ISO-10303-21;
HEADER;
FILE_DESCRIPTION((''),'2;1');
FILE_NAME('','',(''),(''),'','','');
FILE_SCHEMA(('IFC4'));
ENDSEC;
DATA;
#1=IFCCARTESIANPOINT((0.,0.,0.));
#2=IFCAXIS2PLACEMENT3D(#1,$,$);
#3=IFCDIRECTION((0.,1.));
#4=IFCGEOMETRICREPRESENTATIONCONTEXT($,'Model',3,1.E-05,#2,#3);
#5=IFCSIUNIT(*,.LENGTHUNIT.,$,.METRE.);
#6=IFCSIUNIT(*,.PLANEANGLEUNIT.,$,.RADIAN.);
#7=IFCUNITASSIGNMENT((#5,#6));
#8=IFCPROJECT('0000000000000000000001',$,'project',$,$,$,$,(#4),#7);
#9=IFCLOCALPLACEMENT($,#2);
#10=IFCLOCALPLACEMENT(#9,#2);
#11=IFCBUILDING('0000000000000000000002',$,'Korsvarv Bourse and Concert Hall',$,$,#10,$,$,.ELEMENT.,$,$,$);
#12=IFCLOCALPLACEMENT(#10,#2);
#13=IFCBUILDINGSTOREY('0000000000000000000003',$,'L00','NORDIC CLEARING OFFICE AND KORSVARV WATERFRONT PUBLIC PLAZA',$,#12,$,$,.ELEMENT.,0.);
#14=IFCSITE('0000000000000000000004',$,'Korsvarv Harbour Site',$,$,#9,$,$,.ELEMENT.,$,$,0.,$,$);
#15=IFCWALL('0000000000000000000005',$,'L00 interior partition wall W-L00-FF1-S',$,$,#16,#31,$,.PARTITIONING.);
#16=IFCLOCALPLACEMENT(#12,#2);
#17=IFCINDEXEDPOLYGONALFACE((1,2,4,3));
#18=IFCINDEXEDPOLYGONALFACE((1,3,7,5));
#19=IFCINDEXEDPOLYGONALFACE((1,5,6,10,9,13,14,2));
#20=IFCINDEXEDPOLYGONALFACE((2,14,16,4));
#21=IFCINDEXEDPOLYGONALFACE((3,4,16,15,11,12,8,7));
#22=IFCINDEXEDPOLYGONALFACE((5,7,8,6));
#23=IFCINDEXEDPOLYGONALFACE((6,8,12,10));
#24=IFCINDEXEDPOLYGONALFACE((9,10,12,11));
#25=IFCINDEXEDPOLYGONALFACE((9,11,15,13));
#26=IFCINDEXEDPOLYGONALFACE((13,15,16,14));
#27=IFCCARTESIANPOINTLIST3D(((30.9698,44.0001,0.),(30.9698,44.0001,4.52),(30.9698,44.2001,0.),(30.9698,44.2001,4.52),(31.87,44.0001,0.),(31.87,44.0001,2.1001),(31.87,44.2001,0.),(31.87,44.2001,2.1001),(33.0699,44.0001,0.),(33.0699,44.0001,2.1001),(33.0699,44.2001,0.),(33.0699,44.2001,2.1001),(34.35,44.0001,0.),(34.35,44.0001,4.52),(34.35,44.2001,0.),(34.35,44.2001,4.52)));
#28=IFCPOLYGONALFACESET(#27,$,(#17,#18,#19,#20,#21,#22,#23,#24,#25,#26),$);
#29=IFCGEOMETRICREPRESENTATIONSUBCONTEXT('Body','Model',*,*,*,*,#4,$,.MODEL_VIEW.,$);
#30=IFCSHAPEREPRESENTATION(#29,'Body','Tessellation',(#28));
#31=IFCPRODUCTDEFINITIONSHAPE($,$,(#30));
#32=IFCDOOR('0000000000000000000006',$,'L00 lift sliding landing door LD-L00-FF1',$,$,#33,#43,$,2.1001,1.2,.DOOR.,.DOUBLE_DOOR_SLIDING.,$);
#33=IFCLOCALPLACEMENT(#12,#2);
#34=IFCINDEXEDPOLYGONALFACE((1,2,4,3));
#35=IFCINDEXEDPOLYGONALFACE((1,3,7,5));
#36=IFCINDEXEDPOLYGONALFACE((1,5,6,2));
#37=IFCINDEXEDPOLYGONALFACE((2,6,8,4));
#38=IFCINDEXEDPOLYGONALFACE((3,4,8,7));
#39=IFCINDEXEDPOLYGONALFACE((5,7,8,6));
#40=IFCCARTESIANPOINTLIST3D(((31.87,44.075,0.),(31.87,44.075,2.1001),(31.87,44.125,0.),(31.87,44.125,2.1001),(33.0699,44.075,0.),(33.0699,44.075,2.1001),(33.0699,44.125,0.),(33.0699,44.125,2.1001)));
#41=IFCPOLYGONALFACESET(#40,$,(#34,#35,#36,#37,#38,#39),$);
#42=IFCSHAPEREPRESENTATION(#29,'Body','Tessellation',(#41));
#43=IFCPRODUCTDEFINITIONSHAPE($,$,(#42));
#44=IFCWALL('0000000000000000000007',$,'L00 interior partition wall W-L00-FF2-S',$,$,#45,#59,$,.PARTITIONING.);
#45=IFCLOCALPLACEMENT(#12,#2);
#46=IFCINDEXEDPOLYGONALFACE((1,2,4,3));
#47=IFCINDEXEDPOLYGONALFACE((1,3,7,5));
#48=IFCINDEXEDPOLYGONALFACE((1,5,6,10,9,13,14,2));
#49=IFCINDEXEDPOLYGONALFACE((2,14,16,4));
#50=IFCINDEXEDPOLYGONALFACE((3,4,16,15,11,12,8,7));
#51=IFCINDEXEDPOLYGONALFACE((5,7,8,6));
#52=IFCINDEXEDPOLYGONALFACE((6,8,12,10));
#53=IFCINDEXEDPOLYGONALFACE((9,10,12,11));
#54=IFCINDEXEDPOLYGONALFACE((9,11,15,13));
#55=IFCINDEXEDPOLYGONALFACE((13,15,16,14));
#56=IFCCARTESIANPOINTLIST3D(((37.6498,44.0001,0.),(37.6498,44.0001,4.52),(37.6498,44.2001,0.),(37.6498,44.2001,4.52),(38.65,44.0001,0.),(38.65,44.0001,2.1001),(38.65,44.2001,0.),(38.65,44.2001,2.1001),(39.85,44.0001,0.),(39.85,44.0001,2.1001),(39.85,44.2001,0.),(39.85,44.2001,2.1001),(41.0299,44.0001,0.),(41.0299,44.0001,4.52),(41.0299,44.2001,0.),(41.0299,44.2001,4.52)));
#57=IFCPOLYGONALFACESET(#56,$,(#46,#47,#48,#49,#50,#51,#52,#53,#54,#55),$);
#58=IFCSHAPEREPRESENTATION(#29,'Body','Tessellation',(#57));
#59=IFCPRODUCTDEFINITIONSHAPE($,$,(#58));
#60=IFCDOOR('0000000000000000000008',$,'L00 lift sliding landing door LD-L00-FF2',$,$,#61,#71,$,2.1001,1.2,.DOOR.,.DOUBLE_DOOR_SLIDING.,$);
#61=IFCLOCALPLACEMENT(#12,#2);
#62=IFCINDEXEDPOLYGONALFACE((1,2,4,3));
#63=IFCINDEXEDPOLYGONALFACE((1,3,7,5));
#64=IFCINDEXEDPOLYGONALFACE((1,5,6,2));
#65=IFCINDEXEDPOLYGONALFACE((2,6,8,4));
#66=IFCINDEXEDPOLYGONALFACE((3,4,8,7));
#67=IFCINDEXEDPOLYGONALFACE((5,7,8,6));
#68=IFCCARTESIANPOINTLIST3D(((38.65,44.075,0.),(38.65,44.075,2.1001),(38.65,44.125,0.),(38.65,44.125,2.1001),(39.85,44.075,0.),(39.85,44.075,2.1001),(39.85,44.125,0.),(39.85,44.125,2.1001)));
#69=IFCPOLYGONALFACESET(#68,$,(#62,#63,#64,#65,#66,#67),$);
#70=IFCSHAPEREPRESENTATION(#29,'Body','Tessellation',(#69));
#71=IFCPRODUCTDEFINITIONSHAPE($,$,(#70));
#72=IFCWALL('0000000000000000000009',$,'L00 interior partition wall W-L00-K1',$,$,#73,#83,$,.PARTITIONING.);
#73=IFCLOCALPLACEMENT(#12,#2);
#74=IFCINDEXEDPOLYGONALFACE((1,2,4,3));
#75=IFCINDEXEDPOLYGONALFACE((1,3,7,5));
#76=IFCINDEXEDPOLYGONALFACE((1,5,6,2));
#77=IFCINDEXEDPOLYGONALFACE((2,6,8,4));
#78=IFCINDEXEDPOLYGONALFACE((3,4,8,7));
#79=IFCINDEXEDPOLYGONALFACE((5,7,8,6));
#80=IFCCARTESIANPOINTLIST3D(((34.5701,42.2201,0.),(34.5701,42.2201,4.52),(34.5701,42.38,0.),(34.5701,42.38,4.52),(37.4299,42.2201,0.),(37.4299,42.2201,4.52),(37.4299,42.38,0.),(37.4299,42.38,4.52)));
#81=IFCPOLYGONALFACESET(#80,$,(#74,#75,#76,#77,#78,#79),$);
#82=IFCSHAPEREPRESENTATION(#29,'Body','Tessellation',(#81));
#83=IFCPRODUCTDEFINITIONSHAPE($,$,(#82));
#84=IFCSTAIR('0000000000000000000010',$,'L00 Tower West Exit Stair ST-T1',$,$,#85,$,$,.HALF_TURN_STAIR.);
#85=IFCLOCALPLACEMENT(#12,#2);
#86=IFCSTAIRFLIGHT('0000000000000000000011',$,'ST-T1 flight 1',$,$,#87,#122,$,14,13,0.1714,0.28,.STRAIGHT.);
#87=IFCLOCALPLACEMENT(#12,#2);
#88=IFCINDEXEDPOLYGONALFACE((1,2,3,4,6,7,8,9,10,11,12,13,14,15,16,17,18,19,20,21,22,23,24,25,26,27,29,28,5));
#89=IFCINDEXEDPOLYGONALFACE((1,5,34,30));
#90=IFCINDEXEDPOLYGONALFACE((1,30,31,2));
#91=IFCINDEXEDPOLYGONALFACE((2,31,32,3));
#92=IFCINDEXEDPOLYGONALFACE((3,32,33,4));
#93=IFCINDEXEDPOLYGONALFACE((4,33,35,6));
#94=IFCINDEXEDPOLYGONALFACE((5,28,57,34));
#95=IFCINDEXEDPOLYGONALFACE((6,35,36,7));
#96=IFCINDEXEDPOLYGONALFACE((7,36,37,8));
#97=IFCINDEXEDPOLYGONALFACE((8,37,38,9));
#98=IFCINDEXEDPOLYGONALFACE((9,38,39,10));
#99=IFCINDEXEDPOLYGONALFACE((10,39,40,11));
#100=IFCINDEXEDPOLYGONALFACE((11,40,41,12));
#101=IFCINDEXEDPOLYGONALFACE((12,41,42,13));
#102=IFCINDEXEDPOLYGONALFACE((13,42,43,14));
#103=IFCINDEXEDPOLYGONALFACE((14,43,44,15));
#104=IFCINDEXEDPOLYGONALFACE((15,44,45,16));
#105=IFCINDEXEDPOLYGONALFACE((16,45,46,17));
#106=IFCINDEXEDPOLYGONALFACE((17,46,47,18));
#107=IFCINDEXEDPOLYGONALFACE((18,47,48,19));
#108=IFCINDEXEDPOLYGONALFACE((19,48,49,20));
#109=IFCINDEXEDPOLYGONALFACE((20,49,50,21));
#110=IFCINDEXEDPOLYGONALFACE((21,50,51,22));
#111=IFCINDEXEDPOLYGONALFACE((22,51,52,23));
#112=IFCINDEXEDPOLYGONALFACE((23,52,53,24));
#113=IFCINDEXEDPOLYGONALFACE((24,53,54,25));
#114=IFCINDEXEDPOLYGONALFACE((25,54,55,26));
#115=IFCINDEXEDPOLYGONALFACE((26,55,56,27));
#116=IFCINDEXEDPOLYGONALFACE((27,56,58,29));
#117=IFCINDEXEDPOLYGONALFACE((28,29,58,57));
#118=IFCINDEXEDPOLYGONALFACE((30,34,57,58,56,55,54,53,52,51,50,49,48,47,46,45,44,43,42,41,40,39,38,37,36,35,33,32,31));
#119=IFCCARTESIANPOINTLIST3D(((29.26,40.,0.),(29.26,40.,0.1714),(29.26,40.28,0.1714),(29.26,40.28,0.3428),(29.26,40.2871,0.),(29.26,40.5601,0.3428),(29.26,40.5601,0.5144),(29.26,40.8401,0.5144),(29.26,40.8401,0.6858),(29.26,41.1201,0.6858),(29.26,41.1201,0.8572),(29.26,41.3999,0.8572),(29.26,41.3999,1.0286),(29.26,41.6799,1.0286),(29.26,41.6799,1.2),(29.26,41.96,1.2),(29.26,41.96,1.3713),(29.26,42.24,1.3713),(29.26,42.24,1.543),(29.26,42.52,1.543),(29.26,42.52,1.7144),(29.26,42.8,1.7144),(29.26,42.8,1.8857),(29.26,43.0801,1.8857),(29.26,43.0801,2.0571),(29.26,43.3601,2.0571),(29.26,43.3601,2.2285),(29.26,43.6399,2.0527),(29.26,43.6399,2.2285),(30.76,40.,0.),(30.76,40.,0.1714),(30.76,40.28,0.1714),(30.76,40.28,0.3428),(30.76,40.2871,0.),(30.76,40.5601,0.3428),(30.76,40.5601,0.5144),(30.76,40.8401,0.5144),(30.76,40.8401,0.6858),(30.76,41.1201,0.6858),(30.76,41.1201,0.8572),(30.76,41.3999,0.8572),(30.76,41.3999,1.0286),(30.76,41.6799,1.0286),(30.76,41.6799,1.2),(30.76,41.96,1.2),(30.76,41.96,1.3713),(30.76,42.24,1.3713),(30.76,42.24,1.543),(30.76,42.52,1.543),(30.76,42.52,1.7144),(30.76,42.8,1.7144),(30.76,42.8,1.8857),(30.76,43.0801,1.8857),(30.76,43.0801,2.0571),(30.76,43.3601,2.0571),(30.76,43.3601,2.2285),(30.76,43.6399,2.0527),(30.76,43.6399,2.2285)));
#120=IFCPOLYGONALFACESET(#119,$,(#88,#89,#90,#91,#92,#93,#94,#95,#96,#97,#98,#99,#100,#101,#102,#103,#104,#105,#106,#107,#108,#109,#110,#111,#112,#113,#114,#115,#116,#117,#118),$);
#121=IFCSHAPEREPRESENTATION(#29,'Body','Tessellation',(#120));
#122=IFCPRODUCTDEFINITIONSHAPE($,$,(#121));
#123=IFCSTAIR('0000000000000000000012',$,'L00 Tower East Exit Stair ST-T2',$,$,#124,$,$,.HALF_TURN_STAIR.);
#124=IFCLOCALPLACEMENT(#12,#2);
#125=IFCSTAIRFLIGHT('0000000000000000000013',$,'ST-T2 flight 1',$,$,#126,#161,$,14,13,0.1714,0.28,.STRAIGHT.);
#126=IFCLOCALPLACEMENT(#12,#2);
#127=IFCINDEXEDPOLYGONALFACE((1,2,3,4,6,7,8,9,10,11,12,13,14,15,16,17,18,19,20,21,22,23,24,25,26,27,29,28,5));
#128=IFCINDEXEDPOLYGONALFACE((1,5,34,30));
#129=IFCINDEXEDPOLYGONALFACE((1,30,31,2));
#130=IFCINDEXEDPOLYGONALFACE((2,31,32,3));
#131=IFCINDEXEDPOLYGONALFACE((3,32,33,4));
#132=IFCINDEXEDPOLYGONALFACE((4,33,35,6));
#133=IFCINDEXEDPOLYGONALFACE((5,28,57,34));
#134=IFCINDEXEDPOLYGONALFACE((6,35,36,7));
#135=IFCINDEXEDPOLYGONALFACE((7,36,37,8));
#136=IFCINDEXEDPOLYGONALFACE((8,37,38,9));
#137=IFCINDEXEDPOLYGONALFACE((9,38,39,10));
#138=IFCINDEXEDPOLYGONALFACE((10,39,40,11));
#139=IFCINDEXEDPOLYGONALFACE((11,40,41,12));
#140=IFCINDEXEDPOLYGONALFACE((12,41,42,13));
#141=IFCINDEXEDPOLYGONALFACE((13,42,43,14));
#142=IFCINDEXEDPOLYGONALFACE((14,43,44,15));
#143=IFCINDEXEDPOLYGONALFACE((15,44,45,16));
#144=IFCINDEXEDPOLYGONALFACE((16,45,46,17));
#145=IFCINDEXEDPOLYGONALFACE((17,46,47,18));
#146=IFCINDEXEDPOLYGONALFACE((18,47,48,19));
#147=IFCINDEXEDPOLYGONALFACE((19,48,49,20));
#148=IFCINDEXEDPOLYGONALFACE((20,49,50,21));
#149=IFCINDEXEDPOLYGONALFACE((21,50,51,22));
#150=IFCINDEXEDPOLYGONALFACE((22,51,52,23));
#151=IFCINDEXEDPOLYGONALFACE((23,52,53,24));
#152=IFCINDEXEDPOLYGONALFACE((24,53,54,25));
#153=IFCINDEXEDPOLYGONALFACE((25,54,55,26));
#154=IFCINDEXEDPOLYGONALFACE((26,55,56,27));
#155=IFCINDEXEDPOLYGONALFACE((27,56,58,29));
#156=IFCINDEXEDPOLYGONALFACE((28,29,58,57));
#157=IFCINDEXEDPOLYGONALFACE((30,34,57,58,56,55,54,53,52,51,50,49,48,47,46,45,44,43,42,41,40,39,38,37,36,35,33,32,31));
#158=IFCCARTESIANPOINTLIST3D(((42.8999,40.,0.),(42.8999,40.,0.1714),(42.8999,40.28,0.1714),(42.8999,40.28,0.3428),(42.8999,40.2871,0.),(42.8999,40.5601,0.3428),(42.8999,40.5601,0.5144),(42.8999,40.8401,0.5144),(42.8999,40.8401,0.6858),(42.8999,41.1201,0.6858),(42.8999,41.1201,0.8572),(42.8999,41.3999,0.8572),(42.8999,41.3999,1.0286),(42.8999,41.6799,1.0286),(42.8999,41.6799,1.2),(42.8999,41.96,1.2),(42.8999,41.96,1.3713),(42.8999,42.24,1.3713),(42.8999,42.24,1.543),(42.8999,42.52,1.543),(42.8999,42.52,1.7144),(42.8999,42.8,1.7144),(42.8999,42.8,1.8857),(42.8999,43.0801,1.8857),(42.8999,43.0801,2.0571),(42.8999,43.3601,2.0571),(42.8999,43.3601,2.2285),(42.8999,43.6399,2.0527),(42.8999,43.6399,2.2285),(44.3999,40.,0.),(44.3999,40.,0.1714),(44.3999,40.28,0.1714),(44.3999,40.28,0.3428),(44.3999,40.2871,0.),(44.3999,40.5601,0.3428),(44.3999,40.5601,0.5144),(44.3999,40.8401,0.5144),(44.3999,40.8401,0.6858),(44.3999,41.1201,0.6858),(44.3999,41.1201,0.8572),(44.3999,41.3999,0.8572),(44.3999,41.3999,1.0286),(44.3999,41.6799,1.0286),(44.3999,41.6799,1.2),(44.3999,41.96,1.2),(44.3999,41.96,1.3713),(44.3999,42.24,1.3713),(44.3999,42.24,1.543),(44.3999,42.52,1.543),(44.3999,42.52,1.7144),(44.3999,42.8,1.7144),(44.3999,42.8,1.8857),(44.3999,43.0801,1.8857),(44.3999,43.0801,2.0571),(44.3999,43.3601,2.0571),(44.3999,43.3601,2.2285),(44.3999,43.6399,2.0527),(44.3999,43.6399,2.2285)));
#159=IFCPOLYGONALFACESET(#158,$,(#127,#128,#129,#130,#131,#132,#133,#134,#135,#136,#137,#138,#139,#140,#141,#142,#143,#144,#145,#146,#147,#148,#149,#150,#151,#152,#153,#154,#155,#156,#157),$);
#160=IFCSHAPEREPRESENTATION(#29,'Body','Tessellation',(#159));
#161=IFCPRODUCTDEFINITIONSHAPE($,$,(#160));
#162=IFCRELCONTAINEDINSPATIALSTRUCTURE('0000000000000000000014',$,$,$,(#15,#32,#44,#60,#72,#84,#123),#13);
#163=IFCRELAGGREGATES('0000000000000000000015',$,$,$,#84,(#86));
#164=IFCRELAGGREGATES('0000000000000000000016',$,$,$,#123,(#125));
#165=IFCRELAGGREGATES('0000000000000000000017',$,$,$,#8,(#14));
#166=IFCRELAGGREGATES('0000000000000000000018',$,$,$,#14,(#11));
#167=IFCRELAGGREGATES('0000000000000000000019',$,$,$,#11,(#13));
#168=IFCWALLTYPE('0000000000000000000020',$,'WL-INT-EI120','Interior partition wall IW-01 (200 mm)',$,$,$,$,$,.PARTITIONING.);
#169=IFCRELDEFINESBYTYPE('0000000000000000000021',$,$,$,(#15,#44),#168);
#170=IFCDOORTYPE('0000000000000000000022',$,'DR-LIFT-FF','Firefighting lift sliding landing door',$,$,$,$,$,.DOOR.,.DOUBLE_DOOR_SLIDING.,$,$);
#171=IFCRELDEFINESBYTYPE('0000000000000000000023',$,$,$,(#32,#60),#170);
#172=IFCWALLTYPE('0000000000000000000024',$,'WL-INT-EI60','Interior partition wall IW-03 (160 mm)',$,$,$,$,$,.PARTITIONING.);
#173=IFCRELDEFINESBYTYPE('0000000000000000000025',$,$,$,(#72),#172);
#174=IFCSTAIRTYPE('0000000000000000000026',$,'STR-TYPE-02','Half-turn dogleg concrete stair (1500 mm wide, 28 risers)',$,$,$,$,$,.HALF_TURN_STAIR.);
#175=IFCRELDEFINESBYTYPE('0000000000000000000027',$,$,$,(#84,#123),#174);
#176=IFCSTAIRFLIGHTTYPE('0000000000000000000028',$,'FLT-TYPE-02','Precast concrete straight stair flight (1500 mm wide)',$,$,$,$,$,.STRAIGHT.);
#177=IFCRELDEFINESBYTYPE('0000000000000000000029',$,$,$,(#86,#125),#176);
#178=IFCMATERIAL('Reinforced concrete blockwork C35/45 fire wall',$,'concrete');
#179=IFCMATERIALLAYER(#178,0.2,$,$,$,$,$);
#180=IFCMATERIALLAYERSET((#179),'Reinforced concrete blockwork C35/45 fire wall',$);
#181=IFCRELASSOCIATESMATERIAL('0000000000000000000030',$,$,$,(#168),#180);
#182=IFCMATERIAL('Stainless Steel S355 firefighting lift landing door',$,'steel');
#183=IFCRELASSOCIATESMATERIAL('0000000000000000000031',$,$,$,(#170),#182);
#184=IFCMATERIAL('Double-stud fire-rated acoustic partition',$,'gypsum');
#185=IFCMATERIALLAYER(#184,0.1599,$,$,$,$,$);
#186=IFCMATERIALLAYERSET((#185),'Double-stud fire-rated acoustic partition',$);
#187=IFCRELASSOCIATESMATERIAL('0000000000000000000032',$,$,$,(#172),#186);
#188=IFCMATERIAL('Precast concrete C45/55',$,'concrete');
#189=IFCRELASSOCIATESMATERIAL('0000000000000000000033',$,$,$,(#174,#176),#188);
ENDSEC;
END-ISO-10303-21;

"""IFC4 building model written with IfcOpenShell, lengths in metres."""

from ifc_helpers import new_model, si_unit, direction, frame, frame_2d, origin, place, context, subcontext, project, spatial, polyline, rectangle, outline, extrude, material, layer, layer_set, type_object, element, fill, aggregate, save


model = new_model("IFC4")

# Units and contexts
model_context = context("Model", 3, precision=1e-05, world=origin(), true_north=direction((0.0, 1.0)))
body_context = subcontext(model_context, "Body", "Model", "MODEL_VIEW")
ifc_project = project(units=[si_unit("LENGTHUNIT", "METRE"), si_unit("PLANEANGLEUNIT", "RADIAN")], contexts=[model_context])

# Site, building, storey
site_placement = place(None, origin())
site = spatial("IfcSite", under=ifc_project, at=site_placement, Name="Korsvarv Harbour Site", CompositionType="ELEMENT", RefElevation=0.0)
building_placement = place(site_placement, origin())
building = spatial("IfcBuilding", under=site, at=building_placement, Name="Korsvarv Bourse and Concert Hall", CompositionType="ELEMENT")
storey_placement = place(building_placement, origin())
storey = spatial("IfcBuildingStorey", under=building, at=storey_placement, Name="L00", Description="NORDIC CLEARING OFFICE AND KORSVARV WATERFRONT PUBLIC PLAZA", CompositionType="ELEMENT", Elevation=0.0)

# Walls, openings, doors
ifc_material_1 = material(Name="Reinforced concrete blockwork C35/45 fire wall", Category="concrete")
ifc_layer_1 = layer(ifc_material_1, 0.2)
ifc_layer_set_1 = layer_set([ifc_layer_1], Name="Reinforced concrete blockwork C35/45 fire wall")
wall_type_1 = type_object("IfcWallType", Name="WL-INT-EI120", Description="Interior partition wall IW-01 (200 mm)", PredefinedType="PARTITIONING", material=ifc_layer_set_1)
wall_1_placement = place(storey_placement, frame((30.97, 44.1001, 0.0), z_axis=(0.0, 0.0, 1.0), x_axis=(1.0, 0.0, 0.0)))
wall_1 = element("IfcWall", 1, at=wall_1_placement, inside=storey, type_object=wall_type_1, Name="L00 interior partition wall W-L00-FF1-S", PredefinedType="PARTITIONING", context=body_context, shape_type="SweptSolid", body=[
    extrude(rectangle(XDim=3.3801, YDim=0.2, at=frame_2d((1.6899, 0.0))), origin(), (0.0, 0.0, 1.0), 4.52),
])
opening_1_placement = place(wall_1_placement, frame((0.8999, 0.0, 0.0)))
opening_1 = element("IfcOpeningElement", 2, at=opening_1_placement, cuts=wall_1, PredefinedType="OPENING", context=body_context, shape_type="SweptSolid", body=[
    extrude(rectangle(XDim=1.2, YDim=2.1001, at=frame_2d((0.6001, 1.05))), frame((0.0, 0.1099, 0.0), z_axis=(0.0, -1.0, 0.0), x_axis=(1.0, 0.0, 0.0)), (0.0, 0.0, 1.0), 0.22),
])
ifc_material_2 = material(Name="Stainless Steel S355 firefighting lift landing door", Category="steel")
door_type = type_object("IfcDoorType", Name="DR-LIFT-FF", Description="Firefighting lift sliding landing door", OperationType="DOUBLE_DOOR_SLIDING", PredefinedType="DOOR", material=ifc_material_2)
door_1_placement = place(opening_1_placement, origin())
door_1 = element("IfcDoor", 3, at=door_1_placement, inside=storey, type_object=door_type, Name="L00 lift sliding landing door LD-L00-FF1", OperationType="DOUBLE_DOOR_SLIDING", OverallHeight=2.1001, OverallWidth=1.2, PredefinedType="DOOR", context=body_context, shape_type="SweptSolid", body=[
    extrude(rectangle(XDim=1.2, YDim=2.1001, at=frame_2d((0.6001, 1.05))), frame((0.0, 0.0249, 0.0), z_axis=(0.0, -1.0, 0.0), x_axis=(1.0, 0.0, 0.0)), (0.0, 0.0, 1.0), 0.05),
])
fill(opening_1, door_1)
wall_2_placement = place(storey_placement, frame((37.6499, 44.1001, 0.0), z_axis=(0.0, 0.0, 1.0), x_axis=(1.0, 0.0, 0.0)))
wall_2 = element("IfcWall", 4, at=wall_2_placement, inside=storey, type_object=wall_type_1, Name="L00 interior partition wall W-L00-FF2-S", PredefinedType="PARTITIONING", context=body_context, shape_type="SweptSolid", body=[
    extrude(rectangle(XDim=3.3801, YDim=0.2, at=frame_2d((1.6899, 0.0))), origin(), (0.0, 0.0, 1.0), 4.52),
])
opening_2_placement = place(wall_2_placement, frame((1.0, 0.0, 0.0)))
opening_2 = element("IfcOpeningElement", 5, at=opening_2_placement, cuts=wall_2, PredefinedType="OPENING", context=body_context, shape_type="SweptSolid", body=[
    extrude(rectangle(XDim=1.2, YDim=2.1001, at=frame_2d((0.6001, 1.05))), frame((0.0, 0.1099, 0.0), z_axis=(0.0, -1.0, 0.0), x_axis=(1.0, 0.0, 0.0)), (0.0, 0.0, 1.0), 0.22),
])
door_2_placement = place(opening_2_placement, origin())
door_2 = element("IfcDoor", 6, at=door_2_placement, inside=storey, type_object=door_type, Name="L00 lift sliding landing door LD-L00-FF2", OperationType="DOUBLE_DOOR_SLIDING", OverallHeight=2.1001, OverallWidth=1.2, PredefinedType="DOOR", context=body_context, shape_type="SweptSolid", body=[
    extrude(rectangle(XDim=1.2, YDim=2.1001, at=frame_2d((0.6001, 1.05))), frame((0.0, 0.0249, 0.0), z_axis=(0.0, -1.0, 0.0), x_axis=(1.0, 0.0, 0.0)), (0.0, 0.0, 1.0), 0.05),
])
fill(opening_2, door_2)

# Wall
ifc_material_3 = material(Name="Double-stud fire-rated acoustic partition", Category="gypsum")
ifc_layer_2 = layer(ifc_material_3, 0.1599)
ifc_layer_set_2 = layer_set([ifc_layer_2], Name="Double-stud fire-rated acoustic partition")
wall_type_2 = type_object("IfcWallType", Name="WL-INT-EI60", Description="Interior partition wall IW-03 (160 mm)", PredefinedType="PARTITIONING", material=ifc_layer_set_2)
wall_3_placement = place(storey_placement, frame((34.5701, 42.3, 0.0), z_axis=(0.0, 0.0, 1.0), x_axis=(1.0, 0.0, 0.0)))
element("IfcWall", 7, at=wall_3_placement, inside=storey, type_object=wall_type_2, Name="L00 interior partition wall W-L00-K1", PredefinedType="PARTITIONING", context=body_context, shape_type="SweptSolid", body=[
    extrude(rectangle(XDim=2.8599, YDim=0.1599, at=frame_2d((1.4299, 0.0))), origin(), (0.0, 0.0, 1.0), 4.52),
])

# Stair, stair flight
ifc_material_4 = material(Name="Precast concrete C45/55", Category="concrete")
stair_type = type_object("IfcStairType", Name="STR-TYPE-02", Description="Half-turn dogleg concrete stair (1500 mm wide, 28 risers)", PredefinedType="HALF_TURN_STAIR", material=ifc_material_4)
stair_1_placement = place(storey_placement, origin())
stair_1 = element("IfcStair", 8, at=stair_1_placement, inside=storey, type_object=stair_type, Name="L00 Tower West Exit Stair ST-T1", PredefinedType="HALF_TURN_STAIR")
stair_flight_type = type_object("IfcStairFlightType", Name="FLT-TYPE-02", Description="Precast concrete straight stair flight (1500 mm wide)", PredefinedType="STRAIGHT", material=ifc_material_4)
stair_flight_1_placement = place(storey_placement, frame((30.01, 40.0, 0.0), z_axis=(0.0, 0.0, 1.0), x_axis=(0.0, 1.0, 0.0)))
stair_flight_1 = element("IfcStairFlight", 9, at=stair_flight_1_placement, type_object=stair_flight_type, Name="ST-T1 flight 1", NumberOfRisers=14, NumberOfTreads=13, PredefinedType="STRAIGHT", RiserHeight=0.1714, TreadLength=0.28, context=body_context, shape_type="SweptSolid", body=[
    extrude(outline(polyline([(0.0, 0.0), (0.0, 0.1714), (0.28, 0.1714), (0.28, 0.3428), (0.5601, 0.3428), (0.5601, 0.5144), (0.8401, 0.5144), (0.8401, 0.6858), (1.1201, 0.6858), (1.1201, 0.8572), (1.3999, 0.8572), (1.3999, 1.0286), (1.6799, 1.0286), (1.6799, 1.2), (1.96, 1.2), (1.96, 1.3713), (2.24, 1.3713), (2.24, 1.543), (2.52, 1.543), (2.52, 1.7144), (2.8, 1.7144), (2.8, 1.8857), (3.0801, 1.8857), (3.0801, 2.0571), (3.3601, 2.0571), (3.3601, 2.2285), (3.6399, 2.2285), (3.6399, 2.3999), (3.6399, 2.0527), (0.2871, 0.0), (0.0, 0.0)])), frame((0.0, 0.75, 0.0), z_axis=(0.0, -1.0, 0.0), x_axis=(1.0, 0.0, 0.0)), (0.0, 0.0, 1.0), 1.5),
])
aggregate(stair_1, [stair_flight_1])

# Stair, stair flight
stair_2_placement = place(storey_placement, origin())
stair_2 = element("IfcStair", 10, at=stair_2_placement, inside=storey, type_object=stair_type, Name="L00 Tower East Exit Stair ST-T2", PredefinedType="HALF_TURN_STAIR")
stair_flight_2_placement = place(storey_placement, frame((43.6499, 40.0, 0.0), z_axis=(0.0, 0.0, 1.0), x_axis=(0.0, 1.0, 0.0)))
stair_flight_2 = element("IfcStairFlight", 11, at=stair_flight_2_placement, type_object=stair_flight_type, Name="ST-T2 flight 1", NumberOfRisers=14, NumberOfTreads=13, PredefinedType="STRAIGHT", RiserHeight=0.1714, TreadLength=0.28, context=body_context, shape_type="SweptSolid", body=[
    extrude(outline(polyline([(0.0, 0.0), (0.0, 0.1714), (0.28, 0.1714), (0.28, 0.3428), (0.5601, 0.3428), (0.5601, 0.5144), (0.8401, 0.5144), (0.8401, 0.6858), (1.1201, 0.6858), (1.1201, 0.8572), (1.3999, 0.8572), (1.3999, 1.0286), (1.6799, 1.0286), (1.6799, 1.2), (1.96, 1.2), (1.96, 1.3713), (2.24, 1.3713), (2.24, 1.543), (2.52, 1.543), (2.52, 1.7144), (2.8, 1.7144), (2.8, 1.8857), (3.0801, 1.8857), (3.0801, 2.0571), (3.3601, 2.0571), (3.3601, 2.2285), (3.6399, 2.2285), (3.6399, 2.3999), (3.6399, 2.0527), (0.2871, 0.0), (0.0, 0.0)])), frame((0.0, 0.75, 0.0), z_axis=(0.0, -1.0, 0.0), x_axis=(1.0, 0.0, 0.0)), (0.0, 0.0, 1.0), 1.5),
])
aggregate(stair_2, [stair_flight_2])

save(model, "model.ifc")
